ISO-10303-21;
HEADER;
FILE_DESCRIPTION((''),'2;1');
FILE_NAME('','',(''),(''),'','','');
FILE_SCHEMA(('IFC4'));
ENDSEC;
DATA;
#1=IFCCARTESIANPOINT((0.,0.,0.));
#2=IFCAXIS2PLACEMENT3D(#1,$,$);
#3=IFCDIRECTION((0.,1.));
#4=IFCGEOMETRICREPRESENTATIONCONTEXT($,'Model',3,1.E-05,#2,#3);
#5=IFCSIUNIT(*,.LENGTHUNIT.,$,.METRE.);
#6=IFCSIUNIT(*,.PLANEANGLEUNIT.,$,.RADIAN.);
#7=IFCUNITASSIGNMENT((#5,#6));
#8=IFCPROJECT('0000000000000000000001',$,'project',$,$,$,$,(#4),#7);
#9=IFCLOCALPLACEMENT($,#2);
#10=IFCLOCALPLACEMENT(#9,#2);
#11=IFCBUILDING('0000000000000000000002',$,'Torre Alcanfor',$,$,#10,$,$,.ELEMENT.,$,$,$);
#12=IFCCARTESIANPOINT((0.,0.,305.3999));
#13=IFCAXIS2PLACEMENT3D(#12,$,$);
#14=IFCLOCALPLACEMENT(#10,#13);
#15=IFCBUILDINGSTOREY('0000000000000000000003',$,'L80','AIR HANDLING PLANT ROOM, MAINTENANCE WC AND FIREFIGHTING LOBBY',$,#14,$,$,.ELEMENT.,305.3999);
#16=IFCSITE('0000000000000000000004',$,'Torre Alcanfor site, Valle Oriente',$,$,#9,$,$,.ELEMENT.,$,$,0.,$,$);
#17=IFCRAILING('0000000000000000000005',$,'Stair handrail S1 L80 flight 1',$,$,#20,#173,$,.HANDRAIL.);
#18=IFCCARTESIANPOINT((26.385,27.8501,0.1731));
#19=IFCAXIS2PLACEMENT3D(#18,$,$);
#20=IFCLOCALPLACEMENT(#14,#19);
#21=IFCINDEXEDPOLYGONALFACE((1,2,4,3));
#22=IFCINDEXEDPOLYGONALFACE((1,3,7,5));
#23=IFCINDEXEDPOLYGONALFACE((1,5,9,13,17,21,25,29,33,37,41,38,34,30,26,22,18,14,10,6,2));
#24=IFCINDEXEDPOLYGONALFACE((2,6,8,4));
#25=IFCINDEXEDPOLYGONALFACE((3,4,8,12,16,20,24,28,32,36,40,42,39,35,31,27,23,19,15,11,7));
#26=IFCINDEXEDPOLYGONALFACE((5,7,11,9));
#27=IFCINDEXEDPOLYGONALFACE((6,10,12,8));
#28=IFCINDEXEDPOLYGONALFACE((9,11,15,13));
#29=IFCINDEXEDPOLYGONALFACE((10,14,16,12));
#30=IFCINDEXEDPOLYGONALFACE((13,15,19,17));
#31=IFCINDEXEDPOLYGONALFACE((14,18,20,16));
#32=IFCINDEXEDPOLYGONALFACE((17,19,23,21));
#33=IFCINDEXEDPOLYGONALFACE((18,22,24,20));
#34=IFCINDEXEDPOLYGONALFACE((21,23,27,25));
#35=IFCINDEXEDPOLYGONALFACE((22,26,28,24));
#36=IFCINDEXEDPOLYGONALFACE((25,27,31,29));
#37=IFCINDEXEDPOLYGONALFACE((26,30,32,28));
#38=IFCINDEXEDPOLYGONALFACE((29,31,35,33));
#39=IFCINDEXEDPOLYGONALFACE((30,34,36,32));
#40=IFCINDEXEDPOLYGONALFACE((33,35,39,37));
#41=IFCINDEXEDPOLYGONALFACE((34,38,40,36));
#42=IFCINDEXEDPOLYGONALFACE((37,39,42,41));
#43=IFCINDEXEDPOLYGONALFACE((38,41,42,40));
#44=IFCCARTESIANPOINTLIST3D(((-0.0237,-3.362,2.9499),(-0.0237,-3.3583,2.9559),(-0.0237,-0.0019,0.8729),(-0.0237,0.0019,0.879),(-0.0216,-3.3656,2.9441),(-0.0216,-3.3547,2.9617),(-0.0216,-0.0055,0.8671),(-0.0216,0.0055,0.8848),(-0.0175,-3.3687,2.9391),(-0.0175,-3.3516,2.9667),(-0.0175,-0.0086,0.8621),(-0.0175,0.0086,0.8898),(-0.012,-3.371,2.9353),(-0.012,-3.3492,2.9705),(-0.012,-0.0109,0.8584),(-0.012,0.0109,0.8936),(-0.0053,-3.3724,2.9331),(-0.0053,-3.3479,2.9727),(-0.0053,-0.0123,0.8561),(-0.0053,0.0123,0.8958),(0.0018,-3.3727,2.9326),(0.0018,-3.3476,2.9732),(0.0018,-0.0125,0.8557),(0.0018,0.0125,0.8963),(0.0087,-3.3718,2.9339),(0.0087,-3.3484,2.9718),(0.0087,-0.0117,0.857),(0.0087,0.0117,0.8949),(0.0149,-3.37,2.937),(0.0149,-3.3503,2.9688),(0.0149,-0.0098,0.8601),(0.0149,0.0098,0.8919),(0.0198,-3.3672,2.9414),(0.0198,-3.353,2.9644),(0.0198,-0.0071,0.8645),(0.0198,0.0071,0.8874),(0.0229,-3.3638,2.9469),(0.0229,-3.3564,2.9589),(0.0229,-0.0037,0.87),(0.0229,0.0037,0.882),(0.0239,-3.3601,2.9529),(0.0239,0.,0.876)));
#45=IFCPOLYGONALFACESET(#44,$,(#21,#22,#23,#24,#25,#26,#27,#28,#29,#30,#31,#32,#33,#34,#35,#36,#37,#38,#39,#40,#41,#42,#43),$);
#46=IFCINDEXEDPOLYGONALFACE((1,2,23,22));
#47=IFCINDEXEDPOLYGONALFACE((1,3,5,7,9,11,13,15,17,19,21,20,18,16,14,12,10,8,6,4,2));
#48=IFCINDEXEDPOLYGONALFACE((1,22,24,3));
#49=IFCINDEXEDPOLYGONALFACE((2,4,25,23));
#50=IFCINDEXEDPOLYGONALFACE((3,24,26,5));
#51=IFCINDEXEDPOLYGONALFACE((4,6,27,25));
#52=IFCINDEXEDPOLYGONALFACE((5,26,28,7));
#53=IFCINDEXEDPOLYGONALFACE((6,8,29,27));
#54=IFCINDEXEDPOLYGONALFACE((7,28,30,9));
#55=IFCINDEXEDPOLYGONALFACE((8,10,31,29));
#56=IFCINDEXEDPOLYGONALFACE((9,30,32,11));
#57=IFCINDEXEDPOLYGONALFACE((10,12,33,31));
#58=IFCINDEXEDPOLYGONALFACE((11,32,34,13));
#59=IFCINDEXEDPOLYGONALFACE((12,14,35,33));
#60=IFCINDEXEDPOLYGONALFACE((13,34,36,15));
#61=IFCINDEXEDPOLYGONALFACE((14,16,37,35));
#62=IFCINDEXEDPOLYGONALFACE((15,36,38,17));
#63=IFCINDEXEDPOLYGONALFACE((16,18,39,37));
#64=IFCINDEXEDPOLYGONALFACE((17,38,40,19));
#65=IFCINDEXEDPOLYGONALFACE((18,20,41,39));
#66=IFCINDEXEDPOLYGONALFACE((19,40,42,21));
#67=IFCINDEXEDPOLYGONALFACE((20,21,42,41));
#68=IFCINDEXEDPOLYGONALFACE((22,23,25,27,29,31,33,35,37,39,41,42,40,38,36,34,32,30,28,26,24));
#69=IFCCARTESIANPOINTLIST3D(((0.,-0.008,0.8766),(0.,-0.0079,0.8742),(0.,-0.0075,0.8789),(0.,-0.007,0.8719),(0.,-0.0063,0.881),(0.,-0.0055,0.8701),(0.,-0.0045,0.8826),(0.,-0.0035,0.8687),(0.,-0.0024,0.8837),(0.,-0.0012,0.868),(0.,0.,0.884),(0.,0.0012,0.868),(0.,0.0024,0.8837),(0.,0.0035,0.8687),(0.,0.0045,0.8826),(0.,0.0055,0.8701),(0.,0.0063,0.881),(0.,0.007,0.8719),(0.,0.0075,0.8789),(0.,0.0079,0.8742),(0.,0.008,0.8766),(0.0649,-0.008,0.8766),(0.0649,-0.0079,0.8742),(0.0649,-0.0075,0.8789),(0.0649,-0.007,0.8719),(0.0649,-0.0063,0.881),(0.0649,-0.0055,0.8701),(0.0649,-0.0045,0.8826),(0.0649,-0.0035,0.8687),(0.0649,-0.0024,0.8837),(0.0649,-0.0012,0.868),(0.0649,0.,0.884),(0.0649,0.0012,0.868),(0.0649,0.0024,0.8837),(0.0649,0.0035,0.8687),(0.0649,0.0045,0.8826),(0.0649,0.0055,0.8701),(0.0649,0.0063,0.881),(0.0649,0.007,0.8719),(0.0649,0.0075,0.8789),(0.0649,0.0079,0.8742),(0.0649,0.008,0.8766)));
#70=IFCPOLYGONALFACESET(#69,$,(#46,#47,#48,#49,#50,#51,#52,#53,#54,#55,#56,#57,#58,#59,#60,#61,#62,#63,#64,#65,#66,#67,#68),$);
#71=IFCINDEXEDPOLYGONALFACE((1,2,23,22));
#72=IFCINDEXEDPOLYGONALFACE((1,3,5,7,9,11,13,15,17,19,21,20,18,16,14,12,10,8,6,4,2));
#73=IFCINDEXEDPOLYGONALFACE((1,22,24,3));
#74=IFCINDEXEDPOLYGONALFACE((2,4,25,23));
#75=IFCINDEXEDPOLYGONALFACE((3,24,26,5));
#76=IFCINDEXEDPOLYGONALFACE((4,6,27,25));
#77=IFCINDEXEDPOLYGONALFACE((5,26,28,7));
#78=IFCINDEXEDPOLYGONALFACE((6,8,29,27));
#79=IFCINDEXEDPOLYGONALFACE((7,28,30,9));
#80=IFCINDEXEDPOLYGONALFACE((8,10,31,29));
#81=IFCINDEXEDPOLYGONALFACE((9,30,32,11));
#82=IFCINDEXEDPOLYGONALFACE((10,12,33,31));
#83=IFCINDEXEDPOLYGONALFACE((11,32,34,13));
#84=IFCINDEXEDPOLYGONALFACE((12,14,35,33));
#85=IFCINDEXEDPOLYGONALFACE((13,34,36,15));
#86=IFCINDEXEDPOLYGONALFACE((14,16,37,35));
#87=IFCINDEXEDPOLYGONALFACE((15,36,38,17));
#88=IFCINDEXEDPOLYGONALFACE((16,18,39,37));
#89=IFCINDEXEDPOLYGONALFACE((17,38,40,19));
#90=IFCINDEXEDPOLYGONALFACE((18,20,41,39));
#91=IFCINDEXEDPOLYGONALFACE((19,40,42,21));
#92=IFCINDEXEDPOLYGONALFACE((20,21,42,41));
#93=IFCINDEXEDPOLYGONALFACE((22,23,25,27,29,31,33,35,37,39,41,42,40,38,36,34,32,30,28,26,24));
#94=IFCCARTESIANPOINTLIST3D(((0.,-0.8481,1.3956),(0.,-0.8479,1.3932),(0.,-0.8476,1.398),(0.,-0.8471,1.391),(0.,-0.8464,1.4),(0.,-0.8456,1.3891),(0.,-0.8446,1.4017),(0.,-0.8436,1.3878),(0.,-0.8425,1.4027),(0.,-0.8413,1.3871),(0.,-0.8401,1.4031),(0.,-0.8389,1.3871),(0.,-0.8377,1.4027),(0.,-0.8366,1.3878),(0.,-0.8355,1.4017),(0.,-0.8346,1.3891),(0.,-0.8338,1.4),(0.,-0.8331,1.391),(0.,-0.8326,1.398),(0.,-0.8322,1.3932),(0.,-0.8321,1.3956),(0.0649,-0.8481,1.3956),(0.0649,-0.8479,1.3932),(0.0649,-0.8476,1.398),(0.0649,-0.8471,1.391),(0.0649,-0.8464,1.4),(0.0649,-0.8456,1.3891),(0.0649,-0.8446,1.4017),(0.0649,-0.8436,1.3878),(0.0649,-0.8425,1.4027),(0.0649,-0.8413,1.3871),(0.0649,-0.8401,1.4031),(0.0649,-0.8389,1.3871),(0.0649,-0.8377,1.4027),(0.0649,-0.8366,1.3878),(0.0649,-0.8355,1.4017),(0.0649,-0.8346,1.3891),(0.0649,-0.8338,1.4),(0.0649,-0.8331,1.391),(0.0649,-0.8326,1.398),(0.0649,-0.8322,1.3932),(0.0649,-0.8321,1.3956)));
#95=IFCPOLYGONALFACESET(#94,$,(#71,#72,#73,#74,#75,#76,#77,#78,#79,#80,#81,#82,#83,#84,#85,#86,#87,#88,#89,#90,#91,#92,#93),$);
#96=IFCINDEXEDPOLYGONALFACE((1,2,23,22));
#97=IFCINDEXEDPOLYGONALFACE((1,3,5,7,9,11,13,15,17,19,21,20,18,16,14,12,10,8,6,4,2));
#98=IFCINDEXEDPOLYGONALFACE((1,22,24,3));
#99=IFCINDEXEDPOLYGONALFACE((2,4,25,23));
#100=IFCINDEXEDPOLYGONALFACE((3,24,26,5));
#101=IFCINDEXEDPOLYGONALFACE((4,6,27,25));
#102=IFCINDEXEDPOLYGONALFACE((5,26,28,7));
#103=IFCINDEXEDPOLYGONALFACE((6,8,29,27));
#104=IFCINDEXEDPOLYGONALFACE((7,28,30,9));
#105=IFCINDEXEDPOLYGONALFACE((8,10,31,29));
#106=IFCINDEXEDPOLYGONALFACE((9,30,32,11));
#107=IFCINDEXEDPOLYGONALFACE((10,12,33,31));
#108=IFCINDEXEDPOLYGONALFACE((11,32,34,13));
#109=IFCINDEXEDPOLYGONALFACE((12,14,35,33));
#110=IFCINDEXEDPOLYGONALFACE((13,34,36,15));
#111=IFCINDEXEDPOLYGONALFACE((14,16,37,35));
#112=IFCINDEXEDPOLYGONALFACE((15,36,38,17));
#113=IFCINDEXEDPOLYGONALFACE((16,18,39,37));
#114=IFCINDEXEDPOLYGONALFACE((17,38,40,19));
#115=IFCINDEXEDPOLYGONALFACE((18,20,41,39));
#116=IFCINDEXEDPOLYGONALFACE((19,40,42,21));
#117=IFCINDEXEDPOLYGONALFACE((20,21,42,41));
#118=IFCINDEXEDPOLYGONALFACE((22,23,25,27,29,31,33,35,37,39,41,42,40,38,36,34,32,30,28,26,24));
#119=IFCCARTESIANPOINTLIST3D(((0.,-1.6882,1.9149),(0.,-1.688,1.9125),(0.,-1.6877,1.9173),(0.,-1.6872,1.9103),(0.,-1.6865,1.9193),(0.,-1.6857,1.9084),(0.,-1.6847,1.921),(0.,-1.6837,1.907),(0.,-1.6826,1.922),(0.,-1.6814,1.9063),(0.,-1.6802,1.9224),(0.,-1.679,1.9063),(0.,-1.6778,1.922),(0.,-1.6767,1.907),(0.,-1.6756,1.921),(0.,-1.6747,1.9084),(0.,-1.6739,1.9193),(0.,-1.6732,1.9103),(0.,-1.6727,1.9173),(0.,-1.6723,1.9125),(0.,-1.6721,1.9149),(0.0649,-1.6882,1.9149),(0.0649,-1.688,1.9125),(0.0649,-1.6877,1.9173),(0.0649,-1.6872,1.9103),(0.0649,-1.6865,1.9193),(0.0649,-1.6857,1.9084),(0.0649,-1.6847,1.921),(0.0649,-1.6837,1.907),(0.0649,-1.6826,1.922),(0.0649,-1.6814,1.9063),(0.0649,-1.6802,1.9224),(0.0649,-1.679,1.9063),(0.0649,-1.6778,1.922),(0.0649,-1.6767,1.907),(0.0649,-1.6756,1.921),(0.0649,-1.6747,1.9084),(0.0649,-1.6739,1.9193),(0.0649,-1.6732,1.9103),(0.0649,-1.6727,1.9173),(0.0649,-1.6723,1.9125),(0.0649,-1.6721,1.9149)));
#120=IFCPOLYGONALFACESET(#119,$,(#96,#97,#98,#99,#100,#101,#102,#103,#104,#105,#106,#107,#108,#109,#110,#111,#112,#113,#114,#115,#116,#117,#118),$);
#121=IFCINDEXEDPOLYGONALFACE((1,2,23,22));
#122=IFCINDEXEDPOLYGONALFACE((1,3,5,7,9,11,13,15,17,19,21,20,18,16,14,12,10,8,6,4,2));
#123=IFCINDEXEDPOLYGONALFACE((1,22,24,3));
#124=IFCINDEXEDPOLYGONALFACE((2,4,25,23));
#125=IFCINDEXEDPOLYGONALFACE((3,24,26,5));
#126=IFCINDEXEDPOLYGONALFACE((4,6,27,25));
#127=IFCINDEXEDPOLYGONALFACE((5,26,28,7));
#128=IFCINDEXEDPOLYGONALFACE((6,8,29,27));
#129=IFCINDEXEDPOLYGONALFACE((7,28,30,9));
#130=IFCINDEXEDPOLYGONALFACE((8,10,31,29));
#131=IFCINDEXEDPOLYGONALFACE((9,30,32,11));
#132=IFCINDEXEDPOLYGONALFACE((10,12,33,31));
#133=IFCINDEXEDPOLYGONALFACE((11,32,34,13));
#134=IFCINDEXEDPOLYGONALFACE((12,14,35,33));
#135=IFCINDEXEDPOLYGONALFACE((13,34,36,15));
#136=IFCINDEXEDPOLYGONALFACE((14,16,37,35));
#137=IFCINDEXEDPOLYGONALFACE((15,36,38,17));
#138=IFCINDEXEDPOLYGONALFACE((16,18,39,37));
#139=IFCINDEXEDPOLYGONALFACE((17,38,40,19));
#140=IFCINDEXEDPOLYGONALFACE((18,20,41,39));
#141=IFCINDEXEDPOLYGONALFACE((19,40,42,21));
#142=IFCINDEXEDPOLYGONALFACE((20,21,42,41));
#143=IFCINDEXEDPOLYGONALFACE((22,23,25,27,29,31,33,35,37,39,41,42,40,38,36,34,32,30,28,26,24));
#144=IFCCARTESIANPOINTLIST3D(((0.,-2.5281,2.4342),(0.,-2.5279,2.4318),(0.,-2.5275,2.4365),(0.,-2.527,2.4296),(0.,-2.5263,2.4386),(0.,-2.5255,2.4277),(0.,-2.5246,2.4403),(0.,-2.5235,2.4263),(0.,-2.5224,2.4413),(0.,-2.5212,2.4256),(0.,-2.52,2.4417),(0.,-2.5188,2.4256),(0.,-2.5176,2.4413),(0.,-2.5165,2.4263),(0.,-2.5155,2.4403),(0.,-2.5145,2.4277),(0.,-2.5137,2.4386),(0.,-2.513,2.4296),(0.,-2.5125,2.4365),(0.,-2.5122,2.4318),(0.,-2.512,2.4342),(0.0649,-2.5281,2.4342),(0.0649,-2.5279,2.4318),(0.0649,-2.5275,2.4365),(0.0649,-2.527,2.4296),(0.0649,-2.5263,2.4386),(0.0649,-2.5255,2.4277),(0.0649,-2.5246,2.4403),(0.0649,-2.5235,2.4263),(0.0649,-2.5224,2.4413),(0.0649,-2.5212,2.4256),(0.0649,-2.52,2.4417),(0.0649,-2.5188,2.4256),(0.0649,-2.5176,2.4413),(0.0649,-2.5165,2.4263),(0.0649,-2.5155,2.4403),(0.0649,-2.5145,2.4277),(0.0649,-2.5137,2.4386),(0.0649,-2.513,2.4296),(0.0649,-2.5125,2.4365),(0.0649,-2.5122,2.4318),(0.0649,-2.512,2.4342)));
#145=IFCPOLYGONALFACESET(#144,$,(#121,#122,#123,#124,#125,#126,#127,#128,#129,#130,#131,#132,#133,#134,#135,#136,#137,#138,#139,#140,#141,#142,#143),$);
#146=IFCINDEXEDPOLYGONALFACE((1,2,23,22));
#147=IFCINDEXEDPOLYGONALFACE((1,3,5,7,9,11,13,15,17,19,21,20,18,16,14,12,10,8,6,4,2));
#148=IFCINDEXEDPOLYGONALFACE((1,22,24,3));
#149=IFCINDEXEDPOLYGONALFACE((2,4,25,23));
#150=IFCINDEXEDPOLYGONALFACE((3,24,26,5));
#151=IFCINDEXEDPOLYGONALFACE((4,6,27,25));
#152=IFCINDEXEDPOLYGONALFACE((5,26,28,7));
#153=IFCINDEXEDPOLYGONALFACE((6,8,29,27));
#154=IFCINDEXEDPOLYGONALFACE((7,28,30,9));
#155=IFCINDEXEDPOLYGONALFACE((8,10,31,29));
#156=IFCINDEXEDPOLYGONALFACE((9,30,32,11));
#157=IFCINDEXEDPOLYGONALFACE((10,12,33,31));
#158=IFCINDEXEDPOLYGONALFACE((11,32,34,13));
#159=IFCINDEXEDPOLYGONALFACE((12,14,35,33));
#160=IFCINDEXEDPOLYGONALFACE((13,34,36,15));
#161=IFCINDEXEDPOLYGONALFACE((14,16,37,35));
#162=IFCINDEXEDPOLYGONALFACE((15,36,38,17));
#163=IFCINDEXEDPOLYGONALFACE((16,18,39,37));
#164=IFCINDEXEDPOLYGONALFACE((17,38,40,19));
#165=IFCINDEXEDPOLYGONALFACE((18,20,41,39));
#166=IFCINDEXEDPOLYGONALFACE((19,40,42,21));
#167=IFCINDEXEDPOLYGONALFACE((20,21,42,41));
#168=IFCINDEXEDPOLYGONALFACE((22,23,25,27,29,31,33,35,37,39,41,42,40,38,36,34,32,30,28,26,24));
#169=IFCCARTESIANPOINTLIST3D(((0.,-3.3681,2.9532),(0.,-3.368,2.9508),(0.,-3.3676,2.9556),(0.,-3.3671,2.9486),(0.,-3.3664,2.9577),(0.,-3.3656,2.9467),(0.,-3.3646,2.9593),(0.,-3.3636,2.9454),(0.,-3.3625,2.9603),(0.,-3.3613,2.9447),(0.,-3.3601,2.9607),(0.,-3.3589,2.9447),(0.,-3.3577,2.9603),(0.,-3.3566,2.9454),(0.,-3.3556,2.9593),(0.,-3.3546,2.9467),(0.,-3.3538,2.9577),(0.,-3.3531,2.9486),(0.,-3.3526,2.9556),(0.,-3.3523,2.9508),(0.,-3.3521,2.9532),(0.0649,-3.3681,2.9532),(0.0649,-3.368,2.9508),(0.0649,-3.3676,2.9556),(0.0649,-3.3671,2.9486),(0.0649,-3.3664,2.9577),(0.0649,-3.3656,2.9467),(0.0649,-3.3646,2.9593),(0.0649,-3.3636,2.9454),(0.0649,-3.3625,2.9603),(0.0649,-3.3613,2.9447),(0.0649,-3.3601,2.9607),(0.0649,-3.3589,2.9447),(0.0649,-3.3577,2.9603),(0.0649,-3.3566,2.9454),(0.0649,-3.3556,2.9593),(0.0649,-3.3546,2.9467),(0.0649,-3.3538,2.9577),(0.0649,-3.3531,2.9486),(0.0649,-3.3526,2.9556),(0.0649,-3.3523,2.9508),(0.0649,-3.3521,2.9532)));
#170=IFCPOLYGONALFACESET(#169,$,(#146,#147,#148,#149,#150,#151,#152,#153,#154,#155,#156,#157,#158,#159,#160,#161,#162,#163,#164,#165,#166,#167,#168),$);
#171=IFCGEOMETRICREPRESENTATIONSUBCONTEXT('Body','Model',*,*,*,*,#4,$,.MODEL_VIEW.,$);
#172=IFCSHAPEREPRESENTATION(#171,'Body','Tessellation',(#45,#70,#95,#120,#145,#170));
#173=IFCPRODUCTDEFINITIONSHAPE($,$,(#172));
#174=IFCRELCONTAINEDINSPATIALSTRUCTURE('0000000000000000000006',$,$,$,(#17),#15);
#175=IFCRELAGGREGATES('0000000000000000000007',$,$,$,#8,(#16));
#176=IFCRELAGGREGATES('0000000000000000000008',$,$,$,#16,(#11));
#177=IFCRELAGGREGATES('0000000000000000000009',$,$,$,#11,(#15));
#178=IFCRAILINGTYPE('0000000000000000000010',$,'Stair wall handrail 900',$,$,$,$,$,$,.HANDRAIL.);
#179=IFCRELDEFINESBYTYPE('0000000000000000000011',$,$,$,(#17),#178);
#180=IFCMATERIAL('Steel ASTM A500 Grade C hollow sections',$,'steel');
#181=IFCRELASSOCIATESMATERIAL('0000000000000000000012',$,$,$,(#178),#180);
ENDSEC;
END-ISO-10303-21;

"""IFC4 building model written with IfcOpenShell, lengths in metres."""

from ifc_helpers import new_model, si_unit, direction, frame, origin, origin_2d, place, context, subcontext, project, spatial, circle, extrude, material, type_object, element, save


model = new_model("IFC4")

# Units and contexts
model_context = context("Model", 3, precision=1e-05, world=origin(), true_north=direction((0.0, 1.0)))
body_context = subcontext(model_context, "Body", "Model", "MODEL_VIEW")
ifc_project = project(units=[si_unit("LENGTHUNIT", "METRE"), si_unit("PLANEANGLEUNIT", "RADIAN")], contexts=[model_context])

# Site, building, storey
site_placement = place(None, origin())
site = spatial("IfcSite", under=ifc_project, at=site_placement, Name="Torre Alcanfor site, Valle Oriente", CompositionType="ELEMENT", RefElevation=0.0)
building_placement = place(site_placement, origin())
building = spatial("IfcBuilding", under=site, at=building_placement, Name="Torre Alcanfor", CompositionType="ELEMENT")
storey_placement = place(building_placement, frame((0.0, 0.0, 305.3999)))
storey = spatial("IfcBuildingStorey", under=building, at=storey_placement, Name="L80", Description="AIR HANDLING PLANT ROOM, MAINTENANCE WC AND FIREFIGHTING LOBBY", CompositionType="ELEMENT", Elevation=305.3999)

# Railing
ifc_material_1 = material(Name="Steel ASTM A500 Grade C hollow sections", Category="steel")
railing_type_1 = type_object("IfcRailingType", Name="Stair wall handrail 900", PredefinedType="HANDRAIL", material=ifc_material_1)
railing_1_placement = place(storey_placement, frame((26.385, 27.8501, 0.1731)))
element("IfcRailing", 1, at=railing_1_placement, inside=storey, type_object=railing_type_1, Name="Stair handrail S1 L80 flight 1", PredefinedType="HANDRAIL", context=body_context, shape_type="SweptSolid", body=[
    extrude(circle(Radius=0.0239, at=origin_2d()), frame((0.0, 0.0, 0.876), z_axis=(0.0, -0.850623, 0.525776), x_axis=(1.0, 0.0, 0.0)), (0.0, 0.0, 1.0), 3.9502),
    extrude(circle(Radius=0.0081, at=origin_2d()), frame((0.0, 0.0, 0.876), z_axis=(1.0, 0.0, 0.0), x_axis=(0.0, 0.0, 1.0)), (0.0, 0.0, 1.0), 0.0649),
    extrude(circle(Radius=0.0081, at=origin_2d()), frame((0.0, -0.8401, 1.395), z_axis=(1.0, 0.0, 0.0), x_axis=(0.0, 0.0, 1.0)), (0.0, 0.0, 1.0), 0.0649),
    extrude(circle(Radius=0.0081, at=origin_2d()), frame((0.0, -1.6802, 1.9143), z_axis=(1.0, 0.0, 0.0), x_axis=(0.0, 0.0, 1.0)), (0.0, 0.0, 1.0), 0.0649),
    extrude(circle(Radius=0.0081, at=origin_2d()), frame((0.0, -2.52, 2.4336), z_axis=(1.0, 0.0, 0.0), x_axis=(0.0, 0.0, 1.0)), (0.0, 0.0, 1.0), 0.0649),
    extrude(circle(Radius=0.0081, at=origin_2d()), frame((0.0, -3.3601, 2.9526), z_axis=(1.0, 0.0, 0.0), x_axis=(0.0, 0.0, 1.0)), (0.0, 0.0, 1.0), 0.0649),
])

save(model, "model.ifc")
